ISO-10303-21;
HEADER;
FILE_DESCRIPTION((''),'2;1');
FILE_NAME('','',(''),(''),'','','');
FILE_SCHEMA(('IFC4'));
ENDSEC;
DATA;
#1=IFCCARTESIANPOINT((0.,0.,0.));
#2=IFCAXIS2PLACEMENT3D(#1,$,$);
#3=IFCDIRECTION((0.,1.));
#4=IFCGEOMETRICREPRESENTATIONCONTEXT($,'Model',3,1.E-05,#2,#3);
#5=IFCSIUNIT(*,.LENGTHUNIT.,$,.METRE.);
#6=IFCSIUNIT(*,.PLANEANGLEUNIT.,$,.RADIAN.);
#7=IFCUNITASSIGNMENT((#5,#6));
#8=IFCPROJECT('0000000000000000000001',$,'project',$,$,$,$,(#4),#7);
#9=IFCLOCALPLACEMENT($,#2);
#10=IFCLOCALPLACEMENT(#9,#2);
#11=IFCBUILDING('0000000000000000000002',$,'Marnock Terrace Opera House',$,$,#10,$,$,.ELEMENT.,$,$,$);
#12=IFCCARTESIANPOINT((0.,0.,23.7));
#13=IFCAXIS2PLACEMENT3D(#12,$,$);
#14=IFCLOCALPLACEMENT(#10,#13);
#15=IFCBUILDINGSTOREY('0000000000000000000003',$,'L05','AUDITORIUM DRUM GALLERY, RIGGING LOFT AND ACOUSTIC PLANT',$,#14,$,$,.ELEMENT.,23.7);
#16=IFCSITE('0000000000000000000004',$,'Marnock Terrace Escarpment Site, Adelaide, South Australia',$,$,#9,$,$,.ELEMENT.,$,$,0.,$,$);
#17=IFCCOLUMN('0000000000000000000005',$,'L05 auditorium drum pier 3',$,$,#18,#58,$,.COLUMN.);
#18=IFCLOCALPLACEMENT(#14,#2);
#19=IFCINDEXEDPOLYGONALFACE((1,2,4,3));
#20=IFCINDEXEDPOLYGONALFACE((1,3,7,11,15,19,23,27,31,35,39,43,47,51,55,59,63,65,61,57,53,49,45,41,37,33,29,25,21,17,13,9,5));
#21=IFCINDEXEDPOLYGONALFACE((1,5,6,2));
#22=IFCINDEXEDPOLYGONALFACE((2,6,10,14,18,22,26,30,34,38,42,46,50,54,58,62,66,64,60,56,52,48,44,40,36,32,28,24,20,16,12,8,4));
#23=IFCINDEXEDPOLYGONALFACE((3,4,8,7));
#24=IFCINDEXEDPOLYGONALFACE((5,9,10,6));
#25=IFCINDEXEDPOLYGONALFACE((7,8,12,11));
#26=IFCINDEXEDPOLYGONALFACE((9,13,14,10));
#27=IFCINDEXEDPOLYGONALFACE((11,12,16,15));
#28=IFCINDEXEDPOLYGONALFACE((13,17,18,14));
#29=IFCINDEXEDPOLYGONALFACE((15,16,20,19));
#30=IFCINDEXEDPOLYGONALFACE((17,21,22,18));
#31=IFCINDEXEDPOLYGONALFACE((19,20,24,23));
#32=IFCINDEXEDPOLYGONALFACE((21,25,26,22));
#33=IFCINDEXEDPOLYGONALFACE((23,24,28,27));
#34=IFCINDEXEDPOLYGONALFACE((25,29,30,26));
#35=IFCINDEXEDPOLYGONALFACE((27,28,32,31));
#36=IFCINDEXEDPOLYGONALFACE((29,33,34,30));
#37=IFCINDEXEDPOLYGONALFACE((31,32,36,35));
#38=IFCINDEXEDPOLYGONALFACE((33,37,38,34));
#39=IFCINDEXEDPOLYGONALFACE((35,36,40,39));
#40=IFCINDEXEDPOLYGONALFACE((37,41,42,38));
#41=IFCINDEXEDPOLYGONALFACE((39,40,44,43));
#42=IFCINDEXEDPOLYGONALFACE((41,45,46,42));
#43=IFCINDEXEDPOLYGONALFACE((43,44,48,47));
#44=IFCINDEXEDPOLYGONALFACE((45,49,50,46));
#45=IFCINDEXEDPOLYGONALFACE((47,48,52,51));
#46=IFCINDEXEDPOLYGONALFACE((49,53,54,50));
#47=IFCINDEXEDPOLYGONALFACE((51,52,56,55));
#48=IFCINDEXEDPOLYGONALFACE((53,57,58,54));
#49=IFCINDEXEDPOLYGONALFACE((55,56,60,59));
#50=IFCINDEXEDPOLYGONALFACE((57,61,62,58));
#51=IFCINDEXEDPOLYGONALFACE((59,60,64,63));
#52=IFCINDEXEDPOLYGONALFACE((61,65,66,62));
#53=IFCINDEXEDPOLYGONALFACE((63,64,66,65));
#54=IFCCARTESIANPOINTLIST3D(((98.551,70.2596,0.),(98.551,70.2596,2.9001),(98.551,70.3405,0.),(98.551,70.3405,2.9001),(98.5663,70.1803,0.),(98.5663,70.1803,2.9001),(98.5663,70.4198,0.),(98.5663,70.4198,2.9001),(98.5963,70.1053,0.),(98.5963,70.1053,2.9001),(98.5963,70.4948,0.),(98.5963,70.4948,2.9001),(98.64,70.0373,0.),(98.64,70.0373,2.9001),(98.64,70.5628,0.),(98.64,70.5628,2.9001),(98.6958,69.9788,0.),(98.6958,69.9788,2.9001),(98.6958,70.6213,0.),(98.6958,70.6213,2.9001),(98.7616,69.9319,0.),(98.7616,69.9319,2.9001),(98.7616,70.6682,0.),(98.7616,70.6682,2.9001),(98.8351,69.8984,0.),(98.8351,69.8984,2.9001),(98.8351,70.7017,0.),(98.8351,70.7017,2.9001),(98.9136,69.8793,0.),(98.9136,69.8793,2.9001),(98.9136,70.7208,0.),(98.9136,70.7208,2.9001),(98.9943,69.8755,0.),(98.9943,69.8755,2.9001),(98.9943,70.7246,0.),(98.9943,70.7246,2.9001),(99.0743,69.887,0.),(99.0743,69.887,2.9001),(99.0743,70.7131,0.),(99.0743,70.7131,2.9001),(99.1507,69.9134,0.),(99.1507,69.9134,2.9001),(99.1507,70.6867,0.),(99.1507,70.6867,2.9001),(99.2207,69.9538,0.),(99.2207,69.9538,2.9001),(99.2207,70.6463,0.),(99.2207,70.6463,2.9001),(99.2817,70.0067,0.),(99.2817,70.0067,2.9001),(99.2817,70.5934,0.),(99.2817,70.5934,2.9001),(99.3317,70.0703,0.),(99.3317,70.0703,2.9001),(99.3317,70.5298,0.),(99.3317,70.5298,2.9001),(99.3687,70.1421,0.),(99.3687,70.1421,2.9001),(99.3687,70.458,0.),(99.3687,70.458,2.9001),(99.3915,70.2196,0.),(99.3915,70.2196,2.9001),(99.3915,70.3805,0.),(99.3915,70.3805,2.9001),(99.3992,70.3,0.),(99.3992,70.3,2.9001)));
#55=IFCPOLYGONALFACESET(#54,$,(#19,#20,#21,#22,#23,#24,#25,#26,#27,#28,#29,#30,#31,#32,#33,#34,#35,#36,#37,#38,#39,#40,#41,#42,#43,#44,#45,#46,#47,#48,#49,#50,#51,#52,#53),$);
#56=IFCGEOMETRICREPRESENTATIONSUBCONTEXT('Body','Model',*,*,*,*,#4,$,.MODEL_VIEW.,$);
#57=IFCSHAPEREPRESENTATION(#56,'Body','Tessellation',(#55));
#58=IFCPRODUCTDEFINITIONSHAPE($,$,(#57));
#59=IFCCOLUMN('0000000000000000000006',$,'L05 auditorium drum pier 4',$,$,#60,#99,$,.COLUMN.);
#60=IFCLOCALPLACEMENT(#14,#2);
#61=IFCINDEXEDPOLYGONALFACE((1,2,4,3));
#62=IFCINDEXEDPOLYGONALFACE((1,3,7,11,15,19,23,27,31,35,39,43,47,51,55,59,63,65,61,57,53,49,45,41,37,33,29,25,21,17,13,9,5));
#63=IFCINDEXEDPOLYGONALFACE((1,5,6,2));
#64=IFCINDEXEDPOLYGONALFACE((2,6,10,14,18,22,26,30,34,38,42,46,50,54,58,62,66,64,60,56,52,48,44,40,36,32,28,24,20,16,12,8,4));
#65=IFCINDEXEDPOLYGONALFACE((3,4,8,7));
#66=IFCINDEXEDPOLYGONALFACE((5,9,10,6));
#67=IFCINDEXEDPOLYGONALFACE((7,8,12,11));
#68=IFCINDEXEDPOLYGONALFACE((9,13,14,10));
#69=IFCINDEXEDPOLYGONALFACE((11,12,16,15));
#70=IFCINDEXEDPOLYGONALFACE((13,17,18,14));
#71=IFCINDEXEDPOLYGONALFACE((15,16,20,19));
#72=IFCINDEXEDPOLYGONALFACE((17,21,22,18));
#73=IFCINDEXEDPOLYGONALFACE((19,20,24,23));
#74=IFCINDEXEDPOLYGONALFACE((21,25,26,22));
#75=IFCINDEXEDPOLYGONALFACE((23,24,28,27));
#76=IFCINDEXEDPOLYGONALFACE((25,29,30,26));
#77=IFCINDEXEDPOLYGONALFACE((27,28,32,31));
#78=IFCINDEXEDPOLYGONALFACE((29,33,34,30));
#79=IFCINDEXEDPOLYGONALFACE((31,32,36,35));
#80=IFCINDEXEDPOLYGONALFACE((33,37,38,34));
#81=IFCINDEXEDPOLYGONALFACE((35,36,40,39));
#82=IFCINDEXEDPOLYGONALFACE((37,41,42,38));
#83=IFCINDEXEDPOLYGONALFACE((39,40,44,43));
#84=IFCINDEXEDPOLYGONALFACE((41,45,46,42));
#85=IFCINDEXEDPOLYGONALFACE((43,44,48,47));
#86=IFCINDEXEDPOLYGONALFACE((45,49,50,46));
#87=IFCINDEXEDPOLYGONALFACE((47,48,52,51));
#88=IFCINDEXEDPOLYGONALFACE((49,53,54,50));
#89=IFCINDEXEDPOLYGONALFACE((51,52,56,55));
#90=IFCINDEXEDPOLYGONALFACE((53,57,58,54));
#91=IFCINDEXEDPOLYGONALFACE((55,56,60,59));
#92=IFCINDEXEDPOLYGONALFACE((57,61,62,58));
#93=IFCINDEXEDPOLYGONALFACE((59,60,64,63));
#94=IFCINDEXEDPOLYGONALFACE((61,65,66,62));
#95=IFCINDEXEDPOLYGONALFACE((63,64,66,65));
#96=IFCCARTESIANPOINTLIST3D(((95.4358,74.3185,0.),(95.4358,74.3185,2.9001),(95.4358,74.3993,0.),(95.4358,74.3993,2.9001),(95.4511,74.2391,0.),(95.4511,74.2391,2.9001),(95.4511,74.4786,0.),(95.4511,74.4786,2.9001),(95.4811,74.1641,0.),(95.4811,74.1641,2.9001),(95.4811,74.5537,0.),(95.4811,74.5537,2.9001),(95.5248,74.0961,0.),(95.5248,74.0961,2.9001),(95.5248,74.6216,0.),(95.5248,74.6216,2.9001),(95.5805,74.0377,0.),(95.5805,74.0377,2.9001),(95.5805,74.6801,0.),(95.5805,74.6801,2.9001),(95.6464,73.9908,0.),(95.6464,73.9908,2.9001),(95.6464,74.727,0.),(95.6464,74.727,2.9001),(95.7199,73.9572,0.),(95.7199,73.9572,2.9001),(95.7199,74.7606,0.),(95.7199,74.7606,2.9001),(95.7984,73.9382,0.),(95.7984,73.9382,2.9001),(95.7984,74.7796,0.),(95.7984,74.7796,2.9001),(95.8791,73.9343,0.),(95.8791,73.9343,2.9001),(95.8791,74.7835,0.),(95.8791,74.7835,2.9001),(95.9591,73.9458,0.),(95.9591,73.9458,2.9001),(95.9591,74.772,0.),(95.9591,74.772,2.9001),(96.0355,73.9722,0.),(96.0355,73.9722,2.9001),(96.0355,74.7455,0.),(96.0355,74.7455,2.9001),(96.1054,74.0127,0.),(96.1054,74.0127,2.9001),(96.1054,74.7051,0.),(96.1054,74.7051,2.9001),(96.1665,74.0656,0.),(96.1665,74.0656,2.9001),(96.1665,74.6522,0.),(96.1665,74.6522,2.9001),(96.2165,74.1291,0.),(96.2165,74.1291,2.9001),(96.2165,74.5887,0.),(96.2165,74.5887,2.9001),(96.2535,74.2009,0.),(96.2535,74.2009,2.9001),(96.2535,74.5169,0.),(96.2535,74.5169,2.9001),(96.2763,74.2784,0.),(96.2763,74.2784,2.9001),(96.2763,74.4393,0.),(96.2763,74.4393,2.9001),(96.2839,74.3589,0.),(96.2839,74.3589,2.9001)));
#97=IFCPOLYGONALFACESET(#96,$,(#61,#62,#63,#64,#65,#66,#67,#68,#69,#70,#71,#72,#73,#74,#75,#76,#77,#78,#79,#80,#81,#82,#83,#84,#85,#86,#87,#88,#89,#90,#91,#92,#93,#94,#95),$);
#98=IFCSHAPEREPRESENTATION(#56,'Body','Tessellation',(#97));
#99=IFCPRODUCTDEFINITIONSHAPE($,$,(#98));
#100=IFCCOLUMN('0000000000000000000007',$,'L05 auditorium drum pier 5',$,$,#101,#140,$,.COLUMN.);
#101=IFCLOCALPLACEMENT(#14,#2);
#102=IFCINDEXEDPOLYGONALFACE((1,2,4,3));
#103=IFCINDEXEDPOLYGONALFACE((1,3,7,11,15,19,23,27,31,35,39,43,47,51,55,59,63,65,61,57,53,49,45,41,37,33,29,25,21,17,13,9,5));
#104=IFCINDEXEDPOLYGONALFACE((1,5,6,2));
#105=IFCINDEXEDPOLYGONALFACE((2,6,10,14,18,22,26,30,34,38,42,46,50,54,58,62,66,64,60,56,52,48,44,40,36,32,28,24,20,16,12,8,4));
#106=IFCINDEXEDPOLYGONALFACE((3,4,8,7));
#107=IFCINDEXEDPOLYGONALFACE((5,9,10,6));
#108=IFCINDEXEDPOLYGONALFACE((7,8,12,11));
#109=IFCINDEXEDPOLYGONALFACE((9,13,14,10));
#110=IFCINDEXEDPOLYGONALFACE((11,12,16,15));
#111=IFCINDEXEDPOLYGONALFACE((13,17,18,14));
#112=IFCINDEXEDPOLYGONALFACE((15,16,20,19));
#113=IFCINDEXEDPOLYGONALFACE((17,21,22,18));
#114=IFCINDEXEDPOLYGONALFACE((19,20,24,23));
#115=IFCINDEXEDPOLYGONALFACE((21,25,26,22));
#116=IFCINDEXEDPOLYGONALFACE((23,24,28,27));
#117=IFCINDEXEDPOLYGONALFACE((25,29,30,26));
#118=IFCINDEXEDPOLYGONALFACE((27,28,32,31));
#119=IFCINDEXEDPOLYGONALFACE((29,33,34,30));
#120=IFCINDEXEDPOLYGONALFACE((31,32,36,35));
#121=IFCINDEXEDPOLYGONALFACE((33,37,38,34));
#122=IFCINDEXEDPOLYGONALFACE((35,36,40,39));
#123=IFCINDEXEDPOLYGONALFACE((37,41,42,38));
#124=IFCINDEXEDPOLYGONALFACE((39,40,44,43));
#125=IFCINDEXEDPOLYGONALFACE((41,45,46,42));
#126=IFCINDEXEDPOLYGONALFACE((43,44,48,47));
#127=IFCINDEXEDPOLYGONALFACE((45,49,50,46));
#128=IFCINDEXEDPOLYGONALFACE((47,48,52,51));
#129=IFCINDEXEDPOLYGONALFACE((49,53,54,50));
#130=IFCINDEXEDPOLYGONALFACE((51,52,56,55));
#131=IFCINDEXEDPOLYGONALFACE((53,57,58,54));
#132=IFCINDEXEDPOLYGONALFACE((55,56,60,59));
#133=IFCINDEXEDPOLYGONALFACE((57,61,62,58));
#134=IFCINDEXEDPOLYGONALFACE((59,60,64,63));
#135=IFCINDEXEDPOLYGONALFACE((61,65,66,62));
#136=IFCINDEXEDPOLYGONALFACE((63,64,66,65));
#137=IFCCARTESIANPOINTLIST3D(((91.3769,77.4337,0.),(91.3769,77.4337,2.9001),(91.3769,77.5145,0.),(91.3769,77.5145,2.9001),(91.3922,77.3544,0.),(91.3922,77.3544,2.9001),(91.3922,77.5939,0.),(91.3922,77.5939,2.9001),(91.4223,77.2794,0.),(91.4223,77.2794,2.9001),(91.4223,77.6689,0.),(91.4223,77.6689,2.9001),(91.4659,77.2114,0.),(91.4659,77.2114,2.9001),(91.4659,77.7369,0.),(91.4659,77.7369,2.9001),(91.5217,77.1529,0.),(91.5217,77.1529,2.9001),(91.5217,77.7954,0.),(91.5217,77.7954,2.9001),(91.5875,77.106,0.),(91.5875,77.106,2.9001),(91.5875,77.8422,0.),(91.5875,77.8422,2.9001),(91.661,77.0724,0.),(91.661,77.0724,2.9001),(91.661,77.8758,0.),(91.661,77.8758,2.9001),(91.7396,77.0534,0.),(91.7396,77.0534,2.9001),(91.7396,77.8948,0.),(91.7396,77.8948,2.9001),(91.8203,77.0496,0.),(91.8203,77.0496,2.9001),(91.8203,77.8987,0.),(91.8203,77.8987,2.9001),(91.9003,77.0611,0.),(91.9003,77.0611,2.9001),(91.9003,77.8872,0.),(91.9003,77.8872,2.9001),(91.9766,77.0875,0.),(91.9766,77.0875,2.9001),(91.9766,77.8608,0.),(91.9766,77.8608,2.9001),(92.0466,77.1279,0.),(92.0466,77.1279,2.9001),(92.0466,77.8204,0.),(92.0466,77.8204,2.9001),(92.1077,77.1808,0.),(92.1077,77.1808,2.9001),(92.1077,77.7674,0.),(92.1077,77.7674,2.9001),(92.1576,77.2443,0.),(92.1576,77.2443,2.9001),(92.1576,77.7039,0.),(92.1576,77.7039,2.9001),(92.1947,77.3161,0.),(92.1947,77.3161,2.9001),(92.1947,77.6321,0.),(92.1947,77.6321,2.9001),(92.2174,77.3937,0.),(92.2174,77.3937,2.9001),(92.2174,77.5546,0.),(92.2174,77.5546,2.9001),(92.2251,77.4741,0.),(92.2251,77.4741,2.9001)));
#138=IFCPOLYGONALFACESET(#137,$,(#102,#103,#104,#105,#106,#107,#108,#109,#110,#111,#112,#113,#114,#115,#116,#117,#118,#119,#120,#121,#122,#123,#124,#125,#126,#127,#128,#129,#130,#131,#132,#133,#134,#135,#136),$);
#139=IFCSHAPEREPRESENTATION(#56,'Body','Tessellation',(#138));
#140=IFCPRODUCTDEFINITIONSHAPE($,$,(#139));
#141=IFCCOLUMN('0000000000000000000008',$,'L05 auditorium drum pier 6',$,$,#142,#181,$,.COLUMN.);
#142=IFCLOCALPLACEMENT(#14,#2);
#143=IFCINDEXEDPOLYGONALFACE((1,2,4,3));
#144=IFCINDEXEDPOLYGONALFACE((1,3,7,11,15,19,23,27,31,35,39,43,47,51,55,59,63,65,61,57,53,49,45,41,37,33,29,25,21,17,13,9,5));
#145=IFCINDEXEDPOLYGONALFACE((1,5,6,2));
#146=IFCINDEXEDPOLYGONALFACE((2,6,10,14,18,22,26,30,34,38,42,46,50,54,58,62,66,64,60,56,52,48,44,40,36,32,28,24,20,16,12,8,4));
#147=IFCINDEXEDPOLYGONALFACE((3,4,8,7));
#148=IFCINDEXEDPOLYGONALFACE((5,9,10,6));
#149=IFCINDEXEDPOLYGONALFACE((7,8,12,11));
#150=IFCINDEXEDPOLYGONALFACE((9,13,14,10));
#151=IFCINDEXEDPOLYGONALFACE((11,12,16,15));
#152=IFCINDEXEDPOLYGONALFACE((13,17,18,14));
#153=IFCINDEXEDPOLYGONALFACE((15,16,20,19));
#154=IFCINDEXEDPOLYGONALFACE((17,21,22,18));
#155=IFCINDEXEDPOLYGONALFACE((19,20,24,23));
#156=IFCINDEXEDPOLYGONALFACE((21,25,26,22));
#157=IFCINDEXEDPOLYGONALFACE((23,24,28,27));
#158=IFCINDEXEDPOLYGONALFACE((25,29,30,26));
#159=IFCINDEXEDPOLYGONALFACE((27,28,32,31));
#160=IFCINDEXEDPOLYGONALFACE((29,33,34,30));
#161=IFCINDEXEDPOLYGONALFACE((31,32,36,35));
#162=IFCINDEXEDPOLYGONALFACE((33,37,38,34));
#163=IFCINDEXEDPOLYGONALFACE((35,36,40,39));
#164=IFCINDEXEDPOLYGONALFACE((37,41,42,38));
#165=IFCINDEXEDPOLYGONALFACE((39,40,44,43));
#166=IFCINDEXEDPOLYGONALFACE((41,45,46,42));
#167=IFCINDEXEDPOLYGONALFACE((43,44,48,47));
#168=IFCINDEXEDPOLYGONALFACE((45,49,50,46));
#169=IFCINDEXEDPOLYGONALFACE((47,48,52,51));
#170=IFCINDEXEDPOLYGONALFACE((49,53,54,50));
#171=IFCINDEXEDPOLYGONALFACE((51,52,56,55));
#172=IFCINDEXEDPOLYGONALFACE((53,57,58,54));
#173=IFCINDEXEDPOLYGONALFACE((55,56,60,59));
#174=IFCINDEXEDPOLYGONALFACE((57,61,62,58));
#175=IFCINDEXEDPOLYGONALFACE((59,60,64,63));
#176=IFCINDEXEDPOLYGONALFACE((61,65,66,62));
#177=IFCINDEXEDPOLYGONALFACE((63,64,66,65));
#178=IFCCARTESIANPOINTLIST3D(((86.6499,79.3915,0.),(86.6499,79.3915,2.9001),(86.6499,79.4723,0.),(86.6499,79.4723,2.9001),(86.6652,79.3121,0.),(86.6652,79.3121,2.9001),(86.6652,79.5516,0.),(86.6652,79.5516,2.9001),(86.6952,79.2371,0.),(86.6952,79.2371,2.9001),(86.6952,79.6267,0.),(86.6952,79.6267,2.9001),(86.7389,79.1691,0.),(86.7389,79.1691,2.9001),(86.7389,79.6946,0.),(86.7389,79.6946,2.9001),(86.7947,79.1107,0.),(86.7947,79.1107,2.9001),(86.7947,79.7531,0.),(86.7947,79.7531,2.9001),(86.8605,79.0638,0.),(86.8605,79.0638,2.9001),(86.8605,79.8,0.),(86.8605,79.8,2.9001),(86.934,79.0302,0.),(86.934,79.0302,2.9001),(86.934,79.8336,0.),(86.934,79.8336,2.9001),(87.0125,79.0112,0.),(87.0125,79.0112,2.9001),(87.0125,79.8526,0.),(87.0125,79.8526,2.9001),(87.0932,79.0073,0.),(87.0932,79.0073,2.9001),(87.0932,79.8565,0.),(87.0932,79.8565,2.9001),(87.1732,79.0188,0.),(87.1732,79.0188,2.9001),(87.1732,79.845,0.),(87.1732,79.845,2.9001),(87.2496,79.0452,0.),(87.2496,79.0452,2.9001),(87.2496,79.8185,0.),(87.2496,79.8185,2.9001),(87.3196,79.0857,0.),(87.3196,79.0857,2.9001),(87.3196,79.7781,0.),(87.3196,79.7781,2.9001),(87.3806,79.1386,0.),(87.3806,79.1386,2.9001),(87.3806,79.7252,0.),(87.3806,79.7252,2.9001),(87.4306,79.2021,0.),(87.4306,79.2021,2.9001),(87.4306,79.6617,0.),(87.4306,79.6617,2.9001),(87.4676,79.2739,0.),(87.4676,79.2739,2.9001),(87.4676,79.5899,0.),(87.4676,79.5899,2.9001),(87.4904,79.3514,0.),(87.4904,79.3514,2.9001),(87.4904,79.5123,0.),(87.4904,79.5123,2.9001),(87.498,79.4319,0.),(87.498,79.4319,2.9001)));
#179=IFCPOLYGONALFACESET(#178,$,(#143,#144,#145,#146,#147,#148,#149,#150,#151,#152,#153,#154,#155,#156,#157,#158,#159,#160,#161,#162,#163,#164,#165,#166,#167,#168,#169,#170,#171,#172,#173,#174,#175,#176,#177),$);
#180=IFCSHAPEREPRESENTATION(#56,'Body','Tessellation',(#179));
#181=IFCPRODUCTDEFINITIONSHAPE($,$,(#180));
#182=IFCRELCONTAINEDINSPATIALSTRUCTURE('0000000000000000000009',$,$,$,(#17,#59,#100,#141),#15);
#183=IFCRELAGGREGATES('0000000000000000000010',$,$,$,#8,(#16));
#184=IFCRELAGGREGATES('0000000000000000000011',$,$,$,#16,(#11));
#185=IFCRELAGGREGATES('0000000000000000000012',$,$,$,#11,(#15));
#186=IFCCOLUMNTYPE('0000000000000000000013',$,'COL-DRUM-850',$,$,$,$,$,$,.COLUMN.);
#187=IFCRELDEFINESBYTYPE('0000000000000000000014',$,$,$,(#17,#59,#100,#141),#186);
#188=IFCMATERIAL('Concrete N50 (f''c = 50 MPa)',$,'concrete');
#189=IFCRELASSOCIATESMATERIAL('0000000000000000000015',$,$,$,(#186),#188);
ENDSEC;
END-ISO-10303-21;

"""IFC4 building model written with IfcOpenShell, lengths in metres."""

from ifc_helpers import new_model, si_unit, direction, frame, origin, origin_2d, place, context, subcontext, project, spatial, circle, extrude, material, material_profile, profile_set, type_object, element, save


model = new_model("IFC4")

# Units and contexts
model_context = context("Model", 3, precision=1e-05, world=origin(), true_north=direction((0.0, 1.0)))
body_context = subcontext(model_context, "Body", "Model", "MODEL_VIEW")
ifc_project = project(units=[si_unit("LENGTHUNIT", "METRE"), si_unit("PLANEANGLEUNIT", "RADIAN")], contexts=[model_context])

# Site, building, storey
site_placement = place(None, origin())
site = spatial("IfcSite", under=ifc_project, at=site_placement, Name="Marnock Terrace Escarpment Site, Adelaide, South Australia", CompositionType="ELEMENT", RefElevation=0.0)
building_placement = place(site_placement, origin())
building = spatial("IfcBuilding", under=site, at=building_placement, Name="Marnock Terrace Opera House", CompositionType="ELEMENT")
storey_placement = place(building_placement, frame((0.0, 0.0, 23.7)))
storey = spatial("IfcBuildingStorey", under=building, at=storey_placement, Name="L05", Description="AUDITORIUM DRUM GALLERY, RIGGING LOFT AND ACOUSTIC PLANT", CompositionType="ELEMENT", Elevation=23.7)

# Columns
ifc_material_1 = material(Name="Concrete N50 (f'c = 50 MPa)", Category="concrete")
ifc_material_profile_1 = material_profile(ifc_material_1, circle(Radius=0.425, at=origin_2d()))
ifc_profile_set_1 = profile_set([ifc_material_profile_1], Name="Concrete N50 (f'c = 50 MPa)")
column_type_1 = type_object("IfcColumnType", Name="COL-DRUM-850", PredefinedType="COLUMN", material=ifc_profile_set_1)
for number, where, z_axis, x_axis, name in (
    (1, (98.9741, 70.3, 0.0), (0.0, 0.0, 1.0), (1.0, 0.0, 0.0), "L05 auditorium drum pier 3"),
    (2, (95.8589, 74.3589, 0.0), (0.0, 0.0, 1.0), (1.0, 0.0, 0.0), "L05 auditorium drum pier 4"),
    (3, (91.8, 77.4741, 0.0), (0.0, 0.0, 1.0), (1.0, 0.0, 0.0), "L05 auditorium drum pier 5"),
    (4, (87.073, 79.4319, 0.0), (0.0, 0.0, 1.0), (1.0, 0.0, 0.0), "L05 auditorium drum pier 6"),
):
    element("IfcColumn", number, at=place(storey_placement, frame(where, z_axis=z_axis, x_axis=x_axis)), inside=storey, type_object=column_type_1, Name=name, PredefinedType="COLUMN", context=body_context, shape_type="SweptSolid", body=[
        extrude(circle(Radius=0.425, at=origin_2d()), origin(), (0.0, 0.0, 1.0), 2.9001),
    ])

save(model, "model.ifc")
